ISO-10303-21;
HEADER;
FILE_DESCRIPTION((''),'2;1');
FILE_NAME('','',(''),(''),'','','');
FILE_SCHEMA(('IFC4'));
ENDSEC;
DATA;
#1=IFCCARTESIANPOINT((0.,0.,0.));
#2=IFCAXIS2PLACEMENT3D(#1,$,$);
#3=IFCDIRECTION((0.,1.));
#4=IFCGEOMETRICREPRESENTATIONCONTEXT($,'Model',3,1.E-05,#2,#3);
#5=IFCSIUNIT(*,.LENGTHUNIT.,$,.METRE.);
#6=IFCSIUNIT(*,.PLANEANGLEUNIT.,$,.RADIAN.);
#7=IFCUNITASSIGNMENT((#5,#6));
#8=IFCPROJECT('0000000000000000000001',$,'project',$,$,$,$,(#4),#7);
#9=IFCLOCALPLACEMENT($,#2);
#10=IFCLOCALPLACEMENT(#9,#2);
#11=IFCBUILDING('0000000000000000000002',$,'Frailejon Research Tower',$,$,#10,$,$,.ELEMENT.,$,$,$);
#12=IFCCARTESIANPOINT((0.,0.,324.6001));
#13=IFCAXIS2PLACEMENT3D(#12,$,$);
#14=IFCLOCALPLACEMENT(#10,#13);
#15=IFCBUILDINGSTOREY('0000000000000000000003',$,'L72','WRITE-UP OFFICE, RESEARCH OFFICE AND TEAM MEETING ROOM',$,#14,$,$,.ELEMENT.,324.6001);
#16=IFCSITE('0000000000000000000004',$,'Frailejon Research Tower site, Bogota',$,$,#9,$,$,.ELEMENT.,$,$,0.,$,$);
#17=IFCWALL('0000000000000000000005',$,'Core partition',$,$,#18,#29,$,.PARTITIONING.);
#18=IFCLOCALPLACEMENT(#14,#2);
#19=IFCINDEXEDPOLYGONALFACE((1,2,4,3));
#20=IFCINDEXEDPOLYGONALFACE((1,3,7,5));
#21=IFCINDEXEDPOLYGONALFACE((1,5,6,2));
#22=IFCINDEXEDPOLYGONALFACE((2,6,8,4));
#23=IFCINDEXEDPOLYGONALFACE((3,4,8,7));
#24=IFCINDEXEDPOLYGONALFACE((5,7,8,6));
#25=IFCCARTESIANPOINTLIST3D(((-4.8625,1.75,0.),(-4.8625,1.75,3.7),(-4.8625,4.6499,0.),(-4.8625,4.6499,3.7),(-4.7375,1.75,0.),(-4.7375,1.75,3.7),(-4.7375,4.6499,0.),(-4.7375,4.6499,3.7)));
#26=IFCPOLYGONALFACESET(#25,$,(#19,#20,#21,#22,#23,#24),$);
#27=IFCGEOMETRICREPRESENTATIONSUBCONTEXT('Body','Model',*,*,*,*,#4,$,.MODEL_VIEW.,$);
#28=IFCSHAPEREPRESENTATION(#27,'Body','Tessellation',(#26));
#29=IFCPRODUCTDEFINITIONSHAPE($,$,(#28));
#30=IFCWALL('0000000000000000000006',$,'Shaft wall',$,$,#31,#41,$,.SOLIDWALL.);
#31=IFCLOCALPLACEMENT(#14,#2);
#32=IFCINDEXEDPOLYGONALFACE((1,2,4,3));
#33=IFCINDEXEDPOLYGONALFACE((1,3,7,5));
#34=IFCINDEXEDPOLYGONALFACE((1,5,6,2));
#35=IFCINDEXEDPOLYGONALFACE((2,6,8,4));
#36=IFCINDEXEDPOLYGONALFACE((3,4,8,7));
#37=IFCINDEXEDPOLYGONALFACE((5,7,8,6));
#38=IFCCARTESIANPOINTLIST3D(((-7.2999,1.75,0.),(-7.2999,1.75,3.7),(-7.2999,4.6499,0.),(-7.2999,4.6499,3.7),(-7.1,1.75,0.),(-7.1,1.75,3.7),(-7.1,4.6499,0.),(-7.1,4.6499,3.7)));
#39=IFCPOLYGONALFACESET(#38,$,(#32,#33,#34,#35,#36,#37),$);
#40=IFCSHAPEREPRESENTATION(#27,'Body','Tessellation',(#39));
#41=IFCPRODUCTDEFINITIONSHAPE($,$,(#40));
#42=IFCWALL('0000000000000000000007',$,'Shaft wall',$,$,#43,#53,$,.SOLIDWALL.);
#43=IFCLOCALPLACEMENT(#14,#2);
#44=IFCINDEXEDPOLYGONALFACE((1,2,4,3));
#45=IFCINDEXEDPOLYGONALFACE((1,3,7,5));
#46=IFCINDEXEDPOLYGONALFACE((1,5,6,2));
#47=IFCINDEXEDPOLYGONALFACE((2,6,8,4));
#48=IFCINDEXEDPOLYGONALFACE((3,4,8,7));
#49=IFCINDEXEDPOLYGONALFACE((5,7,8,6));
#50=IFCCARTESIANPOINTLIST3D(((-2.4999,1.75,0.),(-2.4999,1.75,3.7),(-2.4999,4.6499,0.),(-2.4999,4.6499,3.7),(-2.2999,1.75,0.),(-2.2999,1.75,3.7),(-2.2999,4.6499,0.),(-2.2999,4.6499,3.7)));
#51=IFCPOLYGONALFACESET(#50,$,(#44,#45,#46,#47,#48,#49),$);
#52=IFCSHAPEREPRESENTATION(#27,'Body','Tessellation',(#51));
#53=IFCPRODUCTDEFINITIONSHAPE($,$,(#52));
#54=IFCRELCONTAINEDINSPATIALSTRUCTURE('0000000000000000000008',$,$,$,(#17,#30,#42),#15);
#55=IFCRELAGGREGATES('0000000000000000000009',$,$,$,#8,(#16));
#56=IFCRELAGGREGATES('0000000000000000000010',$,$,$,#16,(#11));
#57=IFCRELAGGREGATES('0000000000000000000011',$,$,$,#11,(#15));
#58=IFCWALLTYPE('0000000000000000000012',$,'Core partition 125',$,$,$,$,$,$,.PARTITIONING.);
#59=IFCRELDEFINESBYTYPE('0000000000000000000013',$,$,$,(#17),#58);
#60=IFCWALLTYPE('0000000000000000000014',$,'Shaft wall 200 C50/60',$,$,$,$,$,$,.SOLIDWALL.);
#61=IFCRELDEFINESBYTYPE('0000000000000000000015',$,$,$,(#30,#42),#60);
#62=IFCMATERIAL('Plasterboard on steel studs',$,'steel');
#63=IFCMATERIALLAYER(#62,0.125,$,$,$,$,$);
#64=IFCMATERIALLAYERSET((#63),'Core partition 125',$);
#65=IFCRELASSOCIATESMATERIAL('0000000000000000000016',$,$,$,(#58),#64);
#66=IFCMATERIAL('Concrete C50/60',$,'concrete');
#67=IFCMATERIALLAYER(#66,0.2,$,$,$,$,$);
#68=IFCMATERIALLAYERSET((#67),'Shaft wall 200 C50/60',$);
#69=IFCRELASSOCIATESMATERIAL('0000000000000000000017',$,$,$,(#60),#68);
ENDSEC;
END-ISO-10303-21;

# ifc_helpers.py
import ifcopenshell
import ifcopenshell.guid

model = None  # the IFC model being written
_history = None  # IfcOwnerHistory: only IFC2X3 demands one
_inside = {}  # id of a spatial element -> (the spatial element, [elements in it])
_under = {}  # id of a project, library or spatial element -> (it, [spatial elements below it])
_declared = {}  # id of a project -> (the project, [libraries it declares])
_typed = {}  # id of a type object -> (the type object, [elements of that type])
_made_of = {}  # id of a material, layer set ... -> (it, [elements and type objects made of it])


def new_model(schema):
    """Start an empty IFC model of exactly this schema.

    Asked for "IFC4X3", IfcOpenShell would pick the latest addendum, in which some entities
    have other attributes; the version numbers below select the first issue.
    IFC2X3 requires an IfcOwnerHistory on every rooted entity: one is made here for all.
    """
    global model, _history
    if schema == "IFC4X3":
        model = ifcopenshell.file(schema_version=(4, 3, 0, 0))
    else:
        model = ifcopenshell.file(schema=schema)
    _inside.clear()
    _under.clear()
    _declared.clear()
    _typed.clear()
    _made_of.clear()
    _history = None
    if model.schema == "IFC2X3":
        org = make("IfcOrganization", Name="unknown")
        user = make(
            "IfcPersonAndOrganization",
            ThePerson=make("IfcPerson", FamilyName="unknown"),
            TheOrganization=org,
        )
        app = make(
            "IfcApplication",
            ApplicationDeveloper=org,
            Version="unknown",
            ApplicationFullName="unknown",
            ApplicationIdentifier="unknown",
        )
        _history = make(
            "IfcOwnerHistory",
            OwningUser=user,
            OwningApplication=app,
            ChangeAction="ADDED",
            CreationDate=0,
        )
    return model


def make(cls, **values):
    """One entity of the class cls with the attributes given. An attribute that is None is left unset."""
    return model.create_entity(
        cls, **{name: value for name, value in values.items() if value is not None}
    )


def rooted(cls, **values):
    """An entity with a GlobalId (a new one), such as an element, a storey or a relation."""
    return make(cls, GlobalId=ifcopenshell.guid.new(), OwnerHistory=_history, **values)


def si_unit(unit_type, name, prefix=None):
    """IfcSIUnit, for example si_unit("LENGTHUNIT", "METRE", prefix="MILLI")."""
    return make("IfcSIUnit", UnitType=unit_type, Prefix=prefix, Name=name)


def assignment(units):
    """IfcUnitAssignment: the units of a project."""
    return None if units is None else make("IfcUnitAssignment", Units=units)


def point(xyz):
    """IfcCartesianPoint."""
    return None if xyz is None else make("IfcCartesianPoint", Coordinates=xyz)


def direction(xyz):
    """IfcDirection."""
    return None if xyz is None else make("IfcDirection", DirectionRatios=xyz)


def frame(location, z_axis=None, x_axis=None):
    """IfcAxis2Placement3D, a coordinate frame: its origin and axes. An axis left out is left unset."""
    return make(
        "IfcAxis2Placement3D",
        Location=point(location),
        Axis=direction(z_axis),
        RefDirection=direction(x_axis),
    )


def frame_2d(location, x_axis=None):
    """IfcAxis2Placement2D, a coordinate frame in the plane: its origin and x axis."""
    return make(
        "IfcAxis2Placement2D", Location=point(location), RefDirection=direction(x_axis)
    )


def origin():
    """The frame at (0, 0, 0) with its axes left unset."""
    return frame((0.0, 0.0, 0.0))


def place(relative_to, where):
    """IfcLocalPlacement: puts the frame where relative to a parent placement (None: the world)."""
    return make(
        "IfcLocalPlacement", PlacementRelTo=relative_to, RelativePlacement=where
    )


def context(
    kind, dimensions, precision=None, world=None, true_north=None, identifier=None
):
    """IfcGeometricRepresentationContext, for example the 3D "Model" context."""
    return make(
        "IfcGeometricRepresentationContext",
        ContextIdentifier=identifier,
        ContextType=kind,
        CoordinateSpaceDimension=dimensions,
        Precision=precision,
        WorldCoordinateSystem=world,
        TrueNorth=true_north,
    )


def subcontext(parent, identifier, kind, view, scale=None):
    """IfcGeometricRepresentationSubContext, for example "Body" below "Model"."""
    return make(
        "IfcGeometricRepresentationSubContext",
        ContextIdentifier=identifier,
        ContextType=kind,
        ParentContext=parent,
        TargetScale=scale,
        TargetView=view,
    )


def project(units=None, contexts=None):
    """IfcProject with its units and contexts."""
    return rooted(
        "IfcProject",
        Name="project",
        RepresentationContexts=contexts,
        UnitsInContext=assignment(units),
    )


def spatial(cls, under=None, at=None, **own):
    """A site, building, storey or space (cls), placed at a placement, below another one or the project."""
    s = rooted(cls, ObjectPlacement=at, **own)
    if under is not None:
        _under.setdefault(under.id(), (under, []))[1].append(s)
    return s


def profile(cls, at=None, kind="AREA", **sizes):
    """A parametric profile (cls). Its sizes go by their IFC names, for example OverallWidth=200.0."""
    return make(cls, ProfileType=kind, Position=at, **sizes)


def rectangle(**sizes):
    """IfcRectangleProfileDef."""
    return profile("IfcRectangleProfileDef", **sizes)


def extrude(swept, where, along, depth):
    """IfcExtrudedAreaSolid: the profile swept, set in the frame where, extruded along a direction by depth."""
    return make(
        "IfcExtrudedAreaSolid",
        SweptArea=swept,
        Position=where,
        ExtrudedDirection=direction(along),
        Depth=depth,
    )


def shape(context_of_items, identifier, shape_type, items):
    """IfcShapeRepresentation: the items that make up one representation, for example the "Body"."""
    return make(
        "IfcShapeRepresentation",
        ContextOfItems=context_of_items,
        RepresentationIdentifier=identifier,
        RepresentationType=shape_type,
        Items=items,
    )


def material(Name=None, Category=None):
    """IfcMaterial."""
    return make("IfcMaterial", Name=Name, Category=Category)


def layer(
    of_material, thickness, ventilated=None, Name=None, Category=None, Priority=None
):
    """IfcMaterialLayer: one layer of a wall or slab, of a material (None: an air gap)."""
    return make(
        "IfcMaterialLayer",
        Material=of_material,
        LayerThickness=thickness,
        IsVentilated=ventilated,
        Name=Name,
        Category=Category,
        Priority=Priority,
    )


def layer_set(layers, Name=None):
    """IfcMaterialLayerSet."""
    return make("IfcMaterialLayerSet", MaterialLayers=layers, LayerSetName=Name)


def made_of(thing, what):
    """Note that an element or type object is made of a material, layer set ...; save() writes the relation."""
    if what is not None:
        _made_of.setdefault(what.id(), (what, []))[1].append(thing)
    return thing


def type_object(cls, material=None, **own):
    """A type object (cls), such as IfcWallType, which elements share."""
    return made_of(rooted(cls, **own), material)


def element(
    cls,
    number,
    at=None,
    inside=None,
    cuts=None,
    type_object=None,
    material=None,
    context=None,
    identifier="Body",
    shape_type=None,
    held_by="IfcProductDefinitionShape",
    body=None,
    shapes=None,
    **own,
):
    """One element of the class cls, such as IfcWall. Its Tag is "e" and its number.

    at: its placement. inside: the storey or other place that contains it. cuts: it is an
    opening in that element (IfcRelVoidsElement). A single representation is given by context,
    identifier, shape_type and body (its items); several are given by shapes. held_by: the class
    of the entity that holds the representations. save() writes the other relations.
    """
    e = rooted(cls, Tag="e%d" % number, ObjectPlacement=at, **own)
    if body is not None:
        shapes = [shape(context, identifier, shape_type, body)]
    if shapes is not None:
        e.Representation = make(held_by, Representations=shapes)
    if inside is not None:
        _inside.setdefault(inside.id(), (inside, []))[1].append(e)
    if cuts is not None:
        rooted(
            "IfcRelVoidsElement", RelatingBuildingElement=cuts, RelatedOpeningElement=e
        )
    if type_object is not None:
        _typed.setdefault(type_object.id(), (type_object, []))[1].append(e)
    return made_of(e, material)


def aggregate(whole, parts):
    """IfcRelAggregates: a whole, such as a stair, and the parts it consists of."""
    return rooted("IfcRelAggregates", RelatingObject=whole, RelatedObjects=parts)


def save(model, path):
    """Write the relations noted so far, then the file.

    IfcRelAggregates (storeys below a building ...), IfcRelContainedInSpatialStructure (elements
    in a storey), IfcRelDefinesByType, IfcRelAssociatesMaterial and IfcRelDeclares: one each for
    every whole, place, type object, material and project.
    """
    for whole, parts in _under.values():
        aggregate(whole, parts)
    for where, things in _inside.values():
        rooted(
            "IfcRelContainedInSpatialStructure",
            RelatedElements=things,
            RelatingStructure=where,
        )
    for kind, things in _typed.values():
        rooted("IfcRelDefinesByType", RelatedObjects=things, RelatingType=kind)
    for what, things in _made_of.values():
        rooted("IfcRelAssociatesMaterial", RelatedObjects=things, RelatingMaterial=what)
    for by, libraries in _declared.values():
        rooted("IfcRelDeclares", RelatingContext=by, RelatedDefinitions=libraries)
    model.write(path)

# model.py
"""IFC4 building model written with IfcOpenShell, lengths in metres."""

from ifc_helpers import new_model, si_unit, direction, frame, frame_2d, origin, place, context, subcontext, project, spatial, rectangle, extrude, material, layer, layer_set, type_object, element, save


model = new_model("IFC4")

# Units and contexts
model_context = context("Model", 3, precision=1e-05, world=origin(), true_north=direction((0.0, 1.0)))
body_context = subcontext(model_context, "Body", "Model", "MODEL_VIEW")
ifc_project = project(units=[si_unit("LENGTHUNIT", "METRE"), si_unit("PLANEANGLEUNIT", "RADIAN")], contexts=[model_context])

# Site, building, storey
site_placement = place(None, origin())
site = spatial("IfcSite", under=ifc_project, at=site_placement, Name="Frailejon Research Tower site, Bogota", CompositionType="ELEMENT", RefElevation=0.0)
building_placement = place(site_placement, origin())
building = spatial("IfcBuilding", under=site, at=building_placement, Name="Frailejon Research Tower", CompositionType="ELEMENT")
storey_placement = place(building_placement, frame((0.0, 0.0, 324.6001)))
storey = spatial("IfcBuildingStorey", under=building, at=storey_placement, Name="L72", Description="WRITE-UP OFFICE, RESEARCH OFFICE AND TEAM MEETING ROOM", CompositionType="ELEMENT", Elevation=324.6001)

# Walls
ifc_material_1 = material(Name="Plasterboard on steel studs", Category="steel")
ifc_layer_1 = layer(ifc_material_1, 0.125)
ifc_layer_set_1 = layer_set([ifc_layer_1], Name="Core partition 125")
wall_type_1 = type_object("IfcWallType", Name="Core partition 125", PredefinedType="PARTITIONING", material=ifc_layer_set_1)
wall_1_placement = place(storey_placement, frame((-4.8, 1.75, 0.0), z_axis=(0.0, 0.0, 1.0), x_axis=(0.0, 1.0, 0.0)))
element("IfcWall", 1, at=wall_1_placement, inside=storey, type_object=wall_type_1, Name="Core partition", PredefinedType="PARTITIONING", context=body_context, shape_type="SweptSolid", body=[
    extrude(rectangle(XDim=2.8999, YDim=0.125, at=frame_2d((1.45, 0.0))), origin(), (0.0, 0.0, 1.0), 3.7),
])
ifc_material_2 = material(Name="Concrete C50/60", Category="concrete")
ifc_layer_2 = layer(ifc_material_2, 0.2)
ifc_layer_set_2 = layer_set([ifc_layer_2], Name="Shaft wall 200 C50/60")
wall_type_2 = type_object("IfcWallType", Name="Shaft wall 200 C50/60", PredefinedType="SOLIDWALL", material=ifc_layer_set_2)
for number, where, z_axis, x_axis, name in (
    (2, (-7.2, 1.75, 0.0), (0.0, 0.0, 1.0), (0.0, 1.0, 0.0), "Shaft wall"),
    (3, (-2.3999, 1.75, 0.0), (0.0, 0.0, 1.0), (0.0, 1.0, 0.0), "Shaft wall"),
):
    element("IfcWall", number, at=place(storey_placement, frame(where, z_axis=z_axis, x_axis=x_axis)), inside=storey, type_object=wall_type_2, Name=name, PredefinedType="SOLIDWALL", context=body_context, shape_type="SweptSolid", body=[
        extrude(rectangle(XDim=2.8999, YDim=0.2, at=frame_2d((1.45, 0.0))), origin(), (0.0, 0.0, 1.0), 3.7),
    ])

save(model, "model.ifc")
